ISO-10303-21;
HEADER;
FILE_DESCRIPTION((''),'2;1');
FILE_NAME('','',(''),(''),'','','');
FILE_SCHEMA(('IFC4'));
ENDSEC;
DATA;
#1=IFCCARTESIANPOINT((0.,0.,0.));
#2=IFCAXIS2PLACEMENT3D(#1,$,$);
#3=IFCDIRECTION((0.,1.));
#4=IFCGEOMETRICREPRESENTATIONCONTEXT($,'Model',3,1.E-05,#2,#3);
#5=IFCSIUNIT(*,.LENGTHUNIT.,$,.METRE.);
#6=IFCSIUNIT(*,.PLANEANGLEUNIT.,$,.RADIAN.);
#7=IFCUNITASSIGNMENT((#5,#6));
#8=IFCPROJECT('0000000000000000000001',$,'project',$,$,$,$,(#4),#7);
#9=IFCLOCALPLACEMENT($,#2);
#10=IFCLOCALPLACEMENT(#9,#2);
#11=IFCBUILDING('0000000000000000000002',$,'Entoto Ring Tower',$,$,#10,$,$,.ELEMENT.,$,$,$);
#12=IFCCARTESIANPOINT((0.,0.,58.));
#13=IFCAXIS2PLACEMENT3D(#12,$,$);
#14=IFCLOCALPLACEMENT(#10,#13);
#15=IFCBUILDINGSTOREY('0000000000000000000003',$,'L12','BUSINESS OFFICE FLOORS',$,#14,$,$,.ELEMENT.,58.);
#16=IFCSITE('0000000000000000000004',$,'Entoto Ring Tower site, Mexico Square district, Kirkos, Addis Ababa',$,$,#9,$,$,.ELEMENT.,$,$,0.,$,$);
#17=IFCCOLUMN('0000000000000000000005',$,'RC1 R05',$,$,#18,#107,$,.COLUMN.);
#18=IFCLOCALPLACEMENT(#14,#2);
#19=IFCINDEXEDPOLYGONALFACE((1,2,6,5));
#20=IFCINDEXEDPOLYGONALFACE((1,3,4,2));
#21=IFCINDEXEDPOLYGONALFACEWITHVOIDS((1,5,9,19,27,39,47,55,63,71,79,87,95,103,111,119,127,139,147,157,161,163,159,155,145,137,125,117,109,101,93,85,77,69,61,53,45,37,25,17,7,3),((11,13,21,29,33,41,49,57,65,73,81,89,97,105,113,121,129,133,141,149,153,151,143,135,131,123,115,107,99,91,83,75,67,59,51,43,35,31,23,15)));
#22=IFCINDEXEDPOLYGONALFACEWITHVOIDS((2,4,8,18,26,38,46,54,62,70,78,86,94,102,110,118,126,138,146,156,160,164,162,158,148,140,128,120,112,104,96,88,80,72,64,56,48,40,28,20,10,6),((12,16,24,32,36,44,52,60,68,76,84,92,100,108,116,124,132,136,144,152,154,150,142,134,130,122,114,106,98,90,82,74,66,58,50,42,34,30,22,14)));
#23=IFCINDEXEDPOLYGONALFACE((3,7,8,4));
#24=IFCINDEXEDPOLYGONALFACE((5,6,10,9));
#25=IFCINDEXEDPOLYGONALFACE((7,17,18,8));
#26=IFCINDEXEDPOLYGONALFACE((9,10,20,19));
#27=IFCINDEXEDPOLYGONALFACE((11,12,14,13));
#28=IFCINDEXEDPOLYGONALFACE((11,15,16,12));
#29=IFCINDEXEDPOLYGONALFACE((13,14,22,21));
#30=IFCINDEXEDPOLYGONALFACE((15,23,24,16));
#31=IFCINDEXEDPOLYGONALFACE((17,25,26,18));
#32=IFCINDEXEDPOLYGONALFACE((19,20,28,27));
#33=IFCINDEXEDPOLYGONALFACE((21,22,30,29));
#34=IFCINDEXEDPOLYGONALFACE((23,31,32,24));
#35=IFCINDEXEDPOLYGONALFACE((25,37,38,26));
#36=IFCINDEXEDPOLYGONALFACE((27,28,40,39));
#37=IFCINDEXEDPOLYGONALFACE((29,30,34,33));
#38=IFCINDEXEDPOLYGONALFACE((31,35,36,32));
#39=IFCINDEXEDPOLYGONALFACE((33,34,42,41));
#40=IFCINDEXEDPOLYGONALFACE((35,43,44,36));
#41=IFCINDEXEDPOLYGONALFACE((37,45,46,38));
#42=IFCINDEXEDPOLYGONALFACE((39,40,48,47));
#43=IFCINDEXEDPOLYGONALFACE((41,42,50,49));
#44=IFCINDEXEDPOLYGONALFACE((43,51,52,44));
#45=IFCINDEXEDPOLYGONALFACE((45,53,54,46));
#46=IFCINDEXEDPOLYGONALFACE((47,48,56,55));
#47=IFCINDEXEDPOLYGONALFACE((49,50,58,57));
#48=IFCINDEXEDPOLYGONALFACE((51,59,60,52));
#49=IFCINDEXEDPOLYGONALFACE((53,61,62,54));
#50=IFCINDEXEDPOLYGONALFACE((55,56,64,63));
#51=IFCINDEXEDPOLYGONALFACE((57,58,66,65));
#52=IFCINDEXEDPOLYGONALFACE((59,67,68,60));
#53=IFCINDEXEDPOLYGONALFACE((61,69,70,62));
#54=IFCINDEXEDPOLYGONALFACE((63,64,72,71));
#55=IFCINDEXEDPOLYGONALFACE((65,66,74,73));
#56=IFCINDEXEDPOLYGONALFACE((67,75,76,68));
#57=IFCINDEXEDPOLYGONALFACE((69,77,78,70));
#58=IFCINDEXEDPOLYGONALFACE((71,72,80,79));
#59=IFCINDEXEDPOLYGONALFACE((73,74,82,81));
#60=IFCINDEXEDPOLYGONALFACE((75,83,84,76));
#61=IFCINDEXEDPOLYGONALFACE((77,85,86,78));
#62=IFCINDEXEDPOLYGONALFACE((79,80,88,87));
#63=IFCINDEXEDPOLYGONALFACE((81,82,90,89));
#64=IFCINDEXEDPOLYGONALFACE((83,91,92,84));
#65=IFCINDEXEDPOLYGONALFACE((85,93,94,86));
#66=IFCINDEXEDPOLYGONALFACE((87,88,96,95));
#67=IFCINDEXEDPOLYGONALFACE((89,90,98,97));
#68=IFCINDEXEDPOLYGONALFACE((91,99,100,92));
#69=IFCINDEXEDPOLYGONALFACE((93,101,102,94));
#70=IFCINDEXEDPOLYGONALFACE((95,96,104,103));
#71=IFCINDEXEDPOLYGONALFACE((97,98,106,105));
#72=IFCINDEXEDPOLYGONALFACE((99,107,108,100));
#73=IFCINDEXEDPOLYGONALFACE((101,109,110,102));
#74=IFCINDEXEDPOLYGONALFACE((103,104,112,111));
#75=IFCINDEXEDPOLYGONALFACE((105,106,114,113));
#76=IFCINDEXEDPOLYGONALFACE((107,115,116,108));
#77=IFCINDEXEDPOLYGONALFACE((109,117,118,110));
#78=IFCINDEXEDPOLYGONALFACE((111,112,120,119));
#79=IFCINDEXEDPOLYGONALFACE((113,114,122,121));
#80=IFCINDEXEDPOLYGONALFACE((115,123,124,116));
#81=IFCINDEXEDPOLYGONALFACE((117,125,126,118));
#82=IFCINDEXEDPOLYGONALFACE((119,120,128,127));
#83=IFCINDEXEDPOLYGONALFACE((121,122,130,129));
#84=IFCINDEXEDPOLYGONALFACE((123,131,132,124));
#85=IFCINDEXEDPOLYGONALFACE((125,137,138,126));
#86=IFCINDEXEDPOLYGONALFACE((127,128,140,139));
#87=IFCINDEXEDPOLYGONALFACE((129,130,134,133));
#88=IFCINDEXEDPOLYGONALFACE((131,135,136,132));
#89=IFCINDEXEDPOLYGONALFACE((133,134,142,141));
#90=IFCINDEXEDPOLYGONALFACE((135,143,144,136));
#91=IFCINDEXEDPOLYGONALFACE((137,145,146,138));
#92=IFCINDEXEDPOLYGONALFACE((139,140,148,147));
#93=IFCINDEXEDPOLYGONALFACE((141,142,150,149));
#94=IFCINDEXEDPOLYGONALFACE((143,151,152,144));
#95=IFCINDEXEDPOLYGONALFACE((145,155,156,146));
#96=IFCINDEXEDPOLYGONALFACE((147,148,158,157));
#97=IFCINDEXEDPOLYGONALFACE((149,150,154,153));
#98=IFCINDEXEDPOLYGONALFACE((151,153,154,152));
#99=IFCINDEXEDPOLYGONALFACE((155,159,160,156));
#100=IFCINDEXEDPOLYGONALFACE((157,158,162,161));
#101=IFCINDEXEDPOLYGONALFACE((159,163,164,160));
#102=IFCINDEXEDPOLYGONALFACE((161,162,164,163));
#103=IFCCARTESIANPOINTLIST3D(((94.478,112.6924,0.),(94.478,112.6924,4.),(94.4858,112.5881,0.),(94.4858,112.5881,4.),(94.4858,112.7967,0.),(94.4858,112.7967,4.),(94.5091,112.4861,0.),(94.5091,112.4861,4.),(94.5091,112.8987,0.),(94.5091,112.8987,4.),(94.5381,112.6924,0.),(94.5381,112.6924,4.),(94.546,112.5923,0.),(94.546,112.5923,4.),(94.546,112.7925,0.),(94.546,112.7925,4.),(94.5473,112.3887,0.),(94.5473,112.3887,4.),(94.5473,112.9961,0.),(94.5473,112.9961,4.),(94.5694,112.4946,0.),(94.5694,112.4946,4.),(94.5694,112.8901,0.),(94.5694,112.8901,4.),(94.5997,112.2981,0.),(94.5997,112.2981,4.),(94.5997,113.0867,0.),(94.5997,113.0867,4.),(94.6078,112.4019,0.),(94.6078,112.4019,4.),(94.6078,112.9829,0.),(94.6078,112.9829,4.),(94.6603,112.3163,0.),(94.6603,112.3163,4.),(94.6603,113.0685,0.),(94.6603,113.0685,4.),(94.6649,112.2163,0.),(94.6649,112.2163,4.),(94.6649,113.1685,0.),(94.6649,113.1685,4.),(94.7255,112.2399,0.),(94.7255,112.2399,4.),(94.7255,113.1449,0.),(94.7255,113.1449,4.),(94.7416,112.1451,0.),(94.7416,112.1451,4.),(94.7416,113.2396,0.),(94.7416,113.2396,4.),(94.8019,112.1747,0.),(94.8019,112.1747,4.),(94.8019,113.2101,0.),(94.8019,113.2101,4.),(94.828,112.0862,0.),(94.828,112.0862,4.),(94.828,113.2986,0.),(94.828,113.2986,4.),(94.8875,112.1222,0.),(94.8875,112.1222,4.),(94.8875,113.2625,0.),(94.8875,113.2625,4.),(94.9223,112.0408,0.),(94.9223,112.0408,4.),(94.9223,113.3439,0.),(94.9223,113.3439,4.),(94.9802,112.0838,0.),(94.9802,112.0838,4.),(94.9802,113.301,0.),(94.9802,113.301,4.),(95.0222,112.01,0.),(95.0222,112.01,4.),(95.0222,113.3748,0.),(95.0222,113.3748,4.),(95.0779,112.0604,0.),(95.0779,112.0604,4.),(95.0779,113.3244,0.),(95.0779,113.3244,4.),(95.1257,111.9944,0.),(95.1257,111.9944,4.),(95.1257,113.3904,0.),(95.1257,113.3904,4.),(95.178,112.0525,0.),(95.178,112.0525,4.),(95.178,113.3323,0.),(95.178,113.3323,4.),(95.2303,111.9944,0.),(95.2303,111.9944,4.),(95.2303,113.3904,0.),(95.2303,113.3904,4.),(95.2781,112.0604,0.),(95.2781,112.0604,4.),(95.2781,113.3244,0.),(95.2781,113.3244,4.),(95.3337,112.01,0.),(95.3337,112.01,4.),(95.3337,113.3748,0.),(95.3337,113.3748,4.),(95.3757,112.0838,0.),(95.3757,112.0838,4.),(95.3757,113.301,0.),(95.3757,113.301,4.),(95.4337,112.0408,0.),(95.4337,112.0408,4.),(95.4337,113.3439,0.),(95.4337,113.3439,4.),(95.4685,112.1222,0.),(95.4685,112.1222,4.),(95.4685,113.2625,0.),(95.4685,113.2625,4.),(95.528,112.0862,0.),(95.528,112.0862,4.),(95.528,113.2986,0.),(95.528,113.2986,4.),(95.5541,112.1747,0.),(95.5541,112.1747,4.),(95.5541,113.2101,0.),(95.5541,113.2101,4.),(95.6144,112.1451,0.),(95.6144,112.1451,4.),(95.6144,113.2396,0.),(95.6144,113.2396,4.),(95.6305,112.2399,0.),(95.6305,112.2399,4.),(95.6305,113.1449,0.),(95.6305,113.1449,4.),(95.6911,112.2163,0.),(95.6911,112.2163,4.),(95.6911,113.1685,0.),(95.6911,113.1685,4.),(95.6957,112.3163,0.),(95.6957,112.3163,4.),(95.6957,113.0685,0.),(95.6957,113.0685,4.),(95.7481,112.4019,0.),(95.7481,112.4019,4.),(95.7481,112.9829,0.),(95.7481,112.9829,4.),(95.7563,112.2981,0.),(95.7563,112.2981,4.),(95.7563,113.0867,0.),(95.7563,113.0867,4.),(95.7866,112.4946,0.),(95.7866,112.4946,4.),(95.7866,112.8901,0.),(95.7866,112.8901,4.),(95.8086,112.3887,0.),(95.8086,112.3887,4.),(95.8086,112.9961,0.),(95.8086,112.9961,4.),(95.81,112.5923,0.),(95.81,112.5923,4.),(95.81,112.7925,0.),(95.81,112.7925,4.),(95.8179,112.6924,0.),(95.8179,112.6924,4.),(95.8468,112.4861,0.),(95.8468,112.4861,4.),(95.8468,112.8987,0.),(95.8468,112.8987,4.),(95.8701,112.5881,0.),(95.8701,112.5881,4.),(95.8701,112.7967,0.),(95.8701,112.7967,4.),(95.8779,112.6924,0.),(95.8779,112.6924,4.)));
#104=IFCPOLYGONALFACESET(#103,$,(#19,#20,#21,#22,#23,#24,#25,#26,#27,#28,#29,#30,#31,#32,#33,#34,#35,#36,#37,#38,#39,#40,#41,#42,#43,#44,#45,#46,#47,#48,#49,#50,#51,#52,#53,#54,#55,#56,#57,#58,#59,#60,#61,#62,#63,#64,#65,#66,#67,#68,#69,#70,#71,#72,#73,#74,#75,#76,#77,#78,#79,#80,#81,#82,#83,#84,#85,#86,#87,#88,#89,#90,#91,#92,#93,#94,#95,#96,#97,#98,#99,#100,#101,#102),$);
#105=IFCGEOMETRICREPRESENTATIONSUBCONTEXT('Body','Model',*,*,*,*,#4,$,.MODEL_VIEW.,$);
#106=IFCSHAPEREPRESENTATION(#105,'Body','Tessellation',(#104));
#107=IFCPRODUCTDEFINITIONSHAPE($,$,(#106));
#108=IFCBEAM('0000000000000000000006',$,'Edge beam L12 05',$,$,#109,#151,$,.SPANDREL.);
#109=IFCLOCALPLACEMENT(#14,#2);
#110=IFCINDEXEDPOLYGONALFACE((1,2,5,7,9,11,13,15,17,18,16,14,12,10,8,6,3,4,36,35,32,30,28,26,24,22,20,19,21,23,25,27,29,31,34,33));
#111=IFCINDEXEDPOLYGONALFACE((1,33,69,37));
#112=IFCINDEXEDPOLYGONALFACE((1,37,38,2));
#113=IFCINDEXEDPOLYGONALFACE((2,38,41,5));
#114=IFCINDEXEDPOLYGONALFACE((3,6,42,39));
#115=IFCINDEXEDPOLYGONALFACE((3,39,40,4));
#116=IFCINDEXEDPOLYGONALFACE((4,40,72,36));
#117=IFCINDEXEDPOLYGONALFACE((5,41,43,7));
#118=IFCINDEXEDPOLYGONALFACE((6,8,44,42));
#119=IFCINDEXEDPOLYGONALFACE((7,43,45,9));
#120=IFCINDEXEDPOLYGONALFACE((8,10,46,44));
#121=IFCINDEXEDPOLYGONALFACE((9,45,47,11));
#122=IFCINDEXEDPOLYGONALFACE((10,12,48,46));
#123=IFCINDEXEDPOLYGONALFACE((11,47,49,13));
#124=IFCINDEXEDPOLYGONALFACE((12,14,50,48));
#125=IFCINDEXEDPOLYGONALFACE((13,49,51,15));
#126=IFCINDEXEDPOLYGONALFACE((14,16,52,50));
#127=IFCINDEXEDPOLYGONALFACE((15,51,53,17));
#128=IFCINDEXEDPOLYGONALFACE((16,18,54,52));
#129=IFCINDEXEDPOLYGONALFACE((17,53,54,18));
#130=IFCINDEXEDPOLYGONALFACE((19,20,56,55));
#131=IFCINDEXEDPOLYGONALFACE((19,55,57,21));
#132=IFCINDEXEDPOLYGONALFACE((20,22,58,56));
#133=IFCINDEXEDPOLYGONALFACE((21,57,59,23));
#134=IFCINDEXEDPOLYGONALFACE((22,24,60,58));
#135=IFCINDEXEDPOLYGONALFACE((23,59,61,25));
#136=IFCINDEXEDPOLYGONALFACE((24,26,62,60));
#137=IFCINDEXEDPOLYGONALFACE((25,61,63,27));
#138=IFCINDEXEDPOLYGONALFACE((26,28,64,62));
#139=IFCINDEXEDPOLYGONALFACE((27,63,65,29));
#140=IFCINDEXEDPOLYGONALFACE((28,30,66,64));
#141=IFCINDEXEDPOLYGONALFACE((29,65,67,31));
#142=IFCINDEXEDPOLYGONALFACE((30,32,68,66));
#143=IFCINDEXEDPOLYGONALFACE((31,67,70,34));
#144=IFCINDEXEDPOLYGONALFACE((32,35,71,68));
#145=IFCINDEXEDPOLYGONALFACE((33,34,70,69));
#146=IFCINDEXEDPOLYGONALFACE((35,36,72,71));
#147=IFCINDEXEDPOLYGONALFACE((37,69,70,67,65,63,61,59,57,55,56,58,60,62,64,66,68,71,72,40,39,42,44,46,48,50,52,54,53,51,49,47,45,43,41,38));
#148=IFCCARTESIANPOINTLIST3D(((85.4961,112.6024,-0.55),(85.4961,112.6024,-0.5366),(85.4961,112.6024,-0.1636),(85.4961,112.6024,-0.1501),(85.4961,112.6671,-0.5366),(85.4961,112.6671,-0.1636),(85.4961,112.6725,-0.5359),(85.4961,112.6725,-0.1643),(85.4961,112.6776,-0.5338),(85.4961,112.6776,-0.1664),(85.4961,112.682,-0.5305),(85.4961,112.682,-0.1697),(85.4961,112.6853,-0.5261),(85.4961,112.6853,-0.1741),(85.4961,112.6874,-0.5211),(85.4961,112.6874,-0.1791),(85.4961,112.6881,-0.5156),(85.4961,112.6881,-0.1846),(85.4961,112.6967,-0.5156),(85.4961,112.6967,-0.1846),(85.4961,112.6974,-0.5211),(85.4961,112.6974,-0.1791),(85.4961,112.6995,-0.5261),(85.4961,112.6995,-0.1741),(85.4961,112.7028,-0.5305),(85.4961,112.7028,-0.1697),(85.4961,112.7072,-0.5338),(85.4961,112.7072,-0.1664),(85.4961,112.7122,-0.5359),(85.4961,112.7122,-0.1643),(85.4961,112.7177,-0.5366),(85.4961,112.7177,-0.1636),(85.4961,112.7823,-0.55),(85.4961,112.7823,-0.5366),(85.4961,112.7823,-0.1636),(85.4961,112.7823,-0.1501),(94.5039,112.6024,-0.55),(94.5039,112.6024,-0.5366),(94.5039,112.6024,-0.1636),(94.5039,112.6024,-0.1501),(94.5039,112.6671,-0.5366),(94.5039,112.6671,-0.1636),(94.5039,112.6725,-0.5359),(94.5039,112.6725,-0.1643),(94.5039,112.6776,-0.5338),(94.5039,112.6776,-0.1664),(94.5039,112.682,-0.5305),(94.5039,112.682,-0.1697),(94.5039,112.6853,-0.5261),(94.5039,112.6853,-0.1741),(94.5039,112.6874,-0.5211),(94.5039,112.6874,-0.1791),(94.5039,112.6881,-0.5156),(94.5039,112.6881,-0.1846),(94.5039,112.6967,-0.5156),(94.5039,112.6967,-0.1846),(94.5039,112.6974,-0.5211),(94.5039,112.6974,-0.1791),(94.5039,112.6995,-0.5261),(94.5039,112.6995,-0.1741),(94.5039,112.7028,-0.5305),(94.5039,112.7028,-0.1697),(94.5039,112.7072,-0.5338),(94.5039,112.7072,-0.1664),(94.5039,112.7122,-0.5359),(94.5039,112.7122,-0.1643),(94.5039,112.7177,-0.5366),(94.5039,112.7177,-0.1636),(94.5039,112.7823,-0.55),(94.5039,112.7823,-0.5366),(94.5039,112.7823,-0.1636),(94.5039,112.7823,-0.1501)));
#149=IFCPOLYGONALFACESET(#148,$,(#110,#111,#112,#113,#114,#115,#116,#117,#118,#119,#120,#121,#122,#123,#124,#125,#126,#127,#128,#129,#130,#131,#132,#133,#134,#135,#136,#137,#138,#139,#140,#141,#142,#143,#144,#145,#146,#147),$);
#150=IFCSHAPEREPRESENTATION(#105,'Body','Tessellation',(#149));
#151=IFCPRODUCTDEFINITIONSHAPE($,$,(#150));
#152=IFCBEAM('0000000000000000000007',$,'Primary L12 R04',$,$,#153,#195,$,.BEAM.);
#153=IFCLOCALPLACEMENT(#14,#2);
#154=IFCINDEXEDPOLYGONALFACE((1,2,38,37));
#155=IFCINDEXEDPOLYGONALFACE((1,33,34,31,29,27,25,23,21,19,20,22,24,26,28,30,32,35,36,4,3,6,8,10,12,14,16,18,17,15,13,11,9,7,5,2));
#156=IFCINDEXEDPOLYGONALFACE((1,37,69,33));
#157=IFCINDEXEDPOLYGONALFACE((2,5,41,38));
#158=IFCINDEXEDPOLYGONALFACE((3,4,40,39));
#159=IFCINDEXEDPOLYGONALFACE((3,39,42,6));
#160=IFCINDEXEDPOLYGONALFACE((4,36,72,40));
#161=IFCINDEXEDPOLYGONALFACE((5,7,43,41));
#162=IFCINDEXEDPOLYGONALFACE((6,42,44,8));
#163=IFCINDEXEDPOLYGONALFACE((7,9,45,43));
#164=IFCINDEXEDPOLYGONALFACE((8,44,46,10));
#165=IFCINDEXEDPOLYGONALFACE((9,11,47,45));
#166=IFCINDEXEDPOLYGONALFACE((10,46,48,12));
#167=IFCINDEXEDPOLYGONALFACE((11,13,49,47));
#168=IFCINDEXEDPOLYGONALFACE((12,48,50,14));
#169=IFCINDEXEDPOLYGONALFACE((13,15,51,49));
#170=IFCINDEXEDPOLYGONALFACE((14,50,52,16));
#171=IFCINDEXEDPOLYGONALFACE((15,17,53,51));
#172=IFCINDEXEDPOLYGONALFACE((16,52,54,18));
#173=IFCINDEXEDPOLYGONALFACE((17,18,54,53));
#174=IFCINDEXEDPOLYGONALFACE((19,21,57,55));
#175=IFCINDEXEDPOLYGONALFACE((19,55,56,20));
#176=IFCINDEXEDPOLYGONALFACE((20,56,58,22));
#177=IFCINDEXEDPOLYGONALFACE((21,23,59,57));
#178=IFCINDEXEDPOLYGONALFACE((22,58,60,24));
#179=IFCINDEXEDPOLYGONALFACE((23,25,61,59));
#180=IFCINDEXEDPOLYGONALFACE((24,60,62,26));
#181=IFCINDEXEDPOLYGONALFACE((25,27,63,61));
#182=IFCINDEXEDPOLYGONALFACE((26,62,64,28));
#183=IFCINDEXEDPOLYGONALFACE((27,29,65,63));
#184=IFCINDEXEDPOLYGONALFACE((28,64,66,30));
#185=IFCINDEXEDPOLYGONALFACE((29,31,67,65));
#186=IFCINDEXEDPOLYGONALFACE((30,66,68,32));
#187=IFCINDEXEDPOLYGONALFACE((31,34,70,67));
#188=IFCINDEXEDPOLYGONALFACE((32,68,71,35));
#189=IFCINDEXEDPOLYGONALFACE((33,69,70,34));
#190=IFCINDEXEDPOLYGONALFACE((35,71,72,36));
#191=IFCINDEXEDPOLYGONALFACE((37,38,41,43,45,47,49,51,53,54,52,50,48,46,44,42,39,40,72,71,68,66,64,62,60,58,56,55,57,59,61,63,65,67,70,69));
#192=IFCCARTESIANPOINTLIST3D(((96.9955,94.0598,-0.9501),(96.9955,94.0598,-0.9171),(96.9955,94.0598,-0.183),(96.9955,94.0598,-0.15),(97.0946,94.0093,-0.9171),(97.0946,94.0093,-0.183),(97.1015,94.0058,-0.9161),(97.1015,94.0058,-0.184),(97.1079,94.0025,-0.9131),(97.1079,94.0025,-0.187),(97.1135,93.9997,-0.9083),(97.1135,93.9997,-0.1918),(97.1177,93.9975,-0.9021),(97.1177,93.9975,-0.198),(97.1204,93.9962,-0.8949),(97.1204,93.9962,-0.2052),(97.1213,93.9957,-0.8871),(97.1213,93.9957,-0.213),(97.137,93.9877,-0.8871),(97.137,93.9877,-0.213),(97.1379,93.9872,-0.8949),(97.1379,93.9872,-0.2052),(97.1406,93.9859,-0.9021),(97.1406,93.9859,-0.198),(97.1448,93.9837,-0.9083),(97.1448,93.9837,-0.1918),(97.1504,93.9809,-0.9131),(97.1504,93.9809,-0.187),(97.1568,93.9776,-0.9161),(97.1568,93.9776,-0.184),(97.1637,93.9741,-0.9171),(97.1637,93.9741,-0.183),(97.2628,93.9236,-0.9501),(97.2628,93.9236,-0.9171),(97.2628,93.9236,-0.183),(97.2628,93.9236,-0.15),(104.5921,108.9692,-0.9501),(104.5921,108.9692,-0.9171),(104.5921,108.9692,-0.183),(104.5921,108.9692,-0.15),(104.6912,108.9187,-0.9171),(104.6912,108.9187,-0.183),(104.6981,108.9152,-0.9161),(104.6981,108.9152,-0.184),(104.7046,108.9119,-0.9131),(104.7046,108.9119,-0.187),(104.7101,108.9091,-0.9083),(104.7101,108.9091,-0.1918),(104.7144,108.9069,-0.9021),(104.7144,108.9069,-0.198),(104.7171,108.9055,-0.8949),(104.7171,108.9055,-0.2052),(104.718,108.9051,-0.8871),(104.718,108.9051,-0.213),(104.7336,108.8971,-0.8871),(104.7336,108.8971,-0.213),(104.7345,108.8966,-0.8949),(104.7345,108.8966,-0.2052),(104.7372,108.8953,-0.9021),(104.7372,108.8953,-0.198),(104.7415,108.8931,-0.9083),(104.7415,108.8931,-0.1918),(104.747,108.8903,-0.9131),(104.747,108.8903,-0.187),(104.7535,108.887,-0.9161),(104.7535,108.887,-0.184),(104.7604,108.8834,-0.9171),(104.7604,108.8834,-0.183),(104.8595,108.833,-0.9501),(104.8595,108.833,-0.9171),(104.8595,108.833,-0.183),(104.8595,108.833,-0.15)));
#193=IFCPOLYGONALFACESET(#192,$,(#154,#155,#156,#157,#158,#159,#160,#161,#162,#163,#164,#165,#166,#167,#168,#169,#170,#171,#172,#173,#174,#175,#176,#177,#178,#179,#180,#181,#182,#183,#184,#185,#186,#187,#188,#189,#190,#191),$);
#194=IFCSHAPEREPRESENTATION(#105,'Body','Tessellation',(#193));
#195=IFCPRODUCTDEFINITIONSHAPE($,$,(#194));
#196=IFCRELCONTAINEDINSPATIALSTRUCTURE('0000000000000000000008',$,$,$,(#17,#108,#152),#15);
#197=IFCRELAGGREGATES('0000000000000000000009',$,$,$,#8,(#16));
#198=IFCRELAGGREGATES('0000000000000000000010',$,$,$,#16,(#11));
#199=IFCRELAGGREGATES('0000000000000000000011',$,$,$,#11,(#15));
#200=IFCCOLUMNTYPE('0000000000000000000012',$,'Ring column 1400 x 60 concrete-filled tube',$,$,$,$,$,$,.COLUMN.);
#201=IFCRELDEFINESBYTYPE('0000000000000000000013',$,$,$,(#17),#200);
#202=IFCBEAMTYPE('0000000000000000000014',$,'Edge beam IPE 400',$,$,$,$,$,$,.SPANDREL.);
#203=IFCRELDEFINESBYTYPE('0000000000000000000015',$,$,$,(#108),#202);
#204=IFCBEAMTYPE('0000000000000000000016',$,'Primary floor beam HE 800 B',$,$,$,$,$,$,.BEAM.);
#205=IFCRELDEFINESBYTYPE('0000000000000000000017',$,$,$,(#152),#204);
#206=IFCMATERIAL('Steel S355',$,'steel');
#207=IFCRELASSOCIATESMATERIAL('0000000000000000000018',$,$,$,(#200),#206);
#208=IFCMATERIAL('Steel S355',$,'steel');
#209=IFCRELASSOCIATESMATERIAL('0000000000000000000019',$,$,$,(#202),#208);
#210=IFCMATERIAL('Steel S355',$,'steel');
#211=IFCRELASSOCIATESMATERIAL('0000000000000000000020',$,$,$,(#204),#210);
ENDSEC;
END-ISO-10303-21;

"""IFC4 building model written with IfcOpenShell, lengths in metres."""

from ifc_helpers import new_model, si_unit, direction, frame, origin, origin_2d, place, context, subcontext, project, spatial, circle, hollow_circle, i_section, extrude, material, material_profile, profile_set, type_object, element, save


model = new_model("IFC4")

# Units and contexts
model_context = context("Model", 3, precision=1e-05, world=origin(), true_north=direction((0.0, 1.0)))
body_context = subcontext(model_context, "Body", "Model", "MODEL_VIEW")
ifc_project = project(units=[si_unit("LENGTHUNIT", "METRE"), si_unit("PLANEANGLEUNIT", "RADIAN")], contexts=[model_context])

# Site, building, storey
site_placement = place(None, origin())
site = spatial("IfcSite", under=ifc_project, at=site_placement, Name="Entoto Ring Tower site, Mexico Square district, Kirkos, Addis Ababa", CompositionType="ELEMENT", RefElevation=0.0)
building_placement = place(site_placement, origin())
building = spatial("IfcBuilding", under=site, at=building_placement, Name="Entoto Ring Tower", CompositionType="ELEMENT")
storey_placement = place(building_placement, frame((0.0, 0.0, 58.0)))
storey = spatial("IfcBuildingStorey", under=building, at=storey_placement, Name="L12", Description="BUSINESS OFFICE FLOORS", CompositionType="ELEMENT", Elevation=58.0)

# Column
ifc_material_1 = material(Name="Steel S355", Category="steel")
ifc_material_profile_1 = material_profile(ifc_material_1, hollow_circle(Radius=0.7, WallThickness=0.0601, at=origin_2d()), Name="CHS 1400 x 60")
ifc_material_2 = material(Name="Concrete C60/75", Category="concrete")
ifc_material_profile_2 = material_profile(ifc_material_2, circle(Radius=0.6399, at=origin_2d()), Name="Concrete C60/75 infill")
ifc_profile_set_1 = profile_set([ifc_material_profile_1, ifc_material_profile_2], Name="Steel S355")
column_type = type_object("IfcColumnType", Name="Ring column 1400 x 60 concrete-filled tube", PredefinedType="COLUMN", material=ifc_profile_set_1)
column_placement = place(storey_placement, frame((95.178, 112.6924, 0.0), z_axis=(0.0, 0.0, 1.0), x_axis=(1.0, 0.0, 0.0)))
element("IfcColumn", 1, at=column_placement, inside=storey, type_object=column_type, Name="RC1 R05", PredefinedType="COLUMN", context=body_context, shape_type="SweptSolid", body=[
    extrude(hollow_circle(Radius=0.7, WallThickness=0.0601, at=origin_2d()), origin(), (0.0, 0.0, 1.0), 4.0),
])

# Beams
ifc_material_3 = material(Name="Steel S355", Category="steel")
ifc_material_profile_3 = material_profile(ifc_material_3, i_section(OverallWidth=0.1799, OverallDepth=0.3999, WebThickness=0.0085, FlangeThickness=0.0134, FilletRadius=0.021, at=origin_2d()), Name="IPE 400")
ifc_profile_set_2 = profile_set([ifc_material_profile_3], Name="Steel S355")
beam_type_1 = type_object("IfcBeamType", Name="Edge beam IPE 400", PredefinedType="SPANDREL", material=ifc_profile_set_2)
beam_1_placement = place(storey_placement, frame((94.5039, 112.6924, -0.3501), z_axis=(-1.0, 0.0, 0.0), x_axis=(0.0, -1.0, 0.0)))
element("IfcBeam", 2, at=beam_1_placement, inside=storey, type_object=beam_type_1, Name="Edge beam L12 05", PredefinedType="SPANDREL", context=body_context, shape_type="SweptSolid", body=[
    extrude(i_section(OverallWidth=0.1799, OverallDepth=0.3999, WebThickness=0.0085, FlangeThickness=0.0134, FilletRadius=0.021, at=origin_2d()), origin(), (0.0, 0.0, 1.0), 9.0078),
])
ifc_material_4 = material(Name="Steel S355", Category="steel")
ifc_material_profile_4 = material_profile(ifc_material_4, i_section(OverallWidth=0.3, OverallDepth=0.8, WebThickness=0.0176, FlangeThickness=0.033, FilletRadius=0.03, at=origin_2d()), Name="HE 800 B")
ifc_profile_set_3 = profile_set([ifc_material_profile_4], Name="Steel S355")
beam_type_2 = type_object("IfcBeamType", Name="Primary floor beam HE 800 B", PredefinedType="BEAM", material=ifc_profile_set_3)
beam_2_placement = place(storey_placement, frame((97.1292, 93.9917, -0.55), z_axis=(0.453988, 0.891008, 0.0), x_axis=(-0.891008, 0.453988, 0.0)))
element("IfcBeam", 3, at=beam_2_placement, inside=storey, type_object=beam_type_2, Name="Primary L12 R04", PredefinedType="BEAM", context=body_context, shape_type="SweptSolid", body=[
    extrude(i_section(OverallWidth=0.3, OverallDepth=0.8, WebThickness=0.0176, FlangeThickness=0.033, FilletRadius=0.03, at=origin_2d()), origin(), (0.0, 0.0, 1.0), 16.7332),
])

save(model, "model.ifc")
